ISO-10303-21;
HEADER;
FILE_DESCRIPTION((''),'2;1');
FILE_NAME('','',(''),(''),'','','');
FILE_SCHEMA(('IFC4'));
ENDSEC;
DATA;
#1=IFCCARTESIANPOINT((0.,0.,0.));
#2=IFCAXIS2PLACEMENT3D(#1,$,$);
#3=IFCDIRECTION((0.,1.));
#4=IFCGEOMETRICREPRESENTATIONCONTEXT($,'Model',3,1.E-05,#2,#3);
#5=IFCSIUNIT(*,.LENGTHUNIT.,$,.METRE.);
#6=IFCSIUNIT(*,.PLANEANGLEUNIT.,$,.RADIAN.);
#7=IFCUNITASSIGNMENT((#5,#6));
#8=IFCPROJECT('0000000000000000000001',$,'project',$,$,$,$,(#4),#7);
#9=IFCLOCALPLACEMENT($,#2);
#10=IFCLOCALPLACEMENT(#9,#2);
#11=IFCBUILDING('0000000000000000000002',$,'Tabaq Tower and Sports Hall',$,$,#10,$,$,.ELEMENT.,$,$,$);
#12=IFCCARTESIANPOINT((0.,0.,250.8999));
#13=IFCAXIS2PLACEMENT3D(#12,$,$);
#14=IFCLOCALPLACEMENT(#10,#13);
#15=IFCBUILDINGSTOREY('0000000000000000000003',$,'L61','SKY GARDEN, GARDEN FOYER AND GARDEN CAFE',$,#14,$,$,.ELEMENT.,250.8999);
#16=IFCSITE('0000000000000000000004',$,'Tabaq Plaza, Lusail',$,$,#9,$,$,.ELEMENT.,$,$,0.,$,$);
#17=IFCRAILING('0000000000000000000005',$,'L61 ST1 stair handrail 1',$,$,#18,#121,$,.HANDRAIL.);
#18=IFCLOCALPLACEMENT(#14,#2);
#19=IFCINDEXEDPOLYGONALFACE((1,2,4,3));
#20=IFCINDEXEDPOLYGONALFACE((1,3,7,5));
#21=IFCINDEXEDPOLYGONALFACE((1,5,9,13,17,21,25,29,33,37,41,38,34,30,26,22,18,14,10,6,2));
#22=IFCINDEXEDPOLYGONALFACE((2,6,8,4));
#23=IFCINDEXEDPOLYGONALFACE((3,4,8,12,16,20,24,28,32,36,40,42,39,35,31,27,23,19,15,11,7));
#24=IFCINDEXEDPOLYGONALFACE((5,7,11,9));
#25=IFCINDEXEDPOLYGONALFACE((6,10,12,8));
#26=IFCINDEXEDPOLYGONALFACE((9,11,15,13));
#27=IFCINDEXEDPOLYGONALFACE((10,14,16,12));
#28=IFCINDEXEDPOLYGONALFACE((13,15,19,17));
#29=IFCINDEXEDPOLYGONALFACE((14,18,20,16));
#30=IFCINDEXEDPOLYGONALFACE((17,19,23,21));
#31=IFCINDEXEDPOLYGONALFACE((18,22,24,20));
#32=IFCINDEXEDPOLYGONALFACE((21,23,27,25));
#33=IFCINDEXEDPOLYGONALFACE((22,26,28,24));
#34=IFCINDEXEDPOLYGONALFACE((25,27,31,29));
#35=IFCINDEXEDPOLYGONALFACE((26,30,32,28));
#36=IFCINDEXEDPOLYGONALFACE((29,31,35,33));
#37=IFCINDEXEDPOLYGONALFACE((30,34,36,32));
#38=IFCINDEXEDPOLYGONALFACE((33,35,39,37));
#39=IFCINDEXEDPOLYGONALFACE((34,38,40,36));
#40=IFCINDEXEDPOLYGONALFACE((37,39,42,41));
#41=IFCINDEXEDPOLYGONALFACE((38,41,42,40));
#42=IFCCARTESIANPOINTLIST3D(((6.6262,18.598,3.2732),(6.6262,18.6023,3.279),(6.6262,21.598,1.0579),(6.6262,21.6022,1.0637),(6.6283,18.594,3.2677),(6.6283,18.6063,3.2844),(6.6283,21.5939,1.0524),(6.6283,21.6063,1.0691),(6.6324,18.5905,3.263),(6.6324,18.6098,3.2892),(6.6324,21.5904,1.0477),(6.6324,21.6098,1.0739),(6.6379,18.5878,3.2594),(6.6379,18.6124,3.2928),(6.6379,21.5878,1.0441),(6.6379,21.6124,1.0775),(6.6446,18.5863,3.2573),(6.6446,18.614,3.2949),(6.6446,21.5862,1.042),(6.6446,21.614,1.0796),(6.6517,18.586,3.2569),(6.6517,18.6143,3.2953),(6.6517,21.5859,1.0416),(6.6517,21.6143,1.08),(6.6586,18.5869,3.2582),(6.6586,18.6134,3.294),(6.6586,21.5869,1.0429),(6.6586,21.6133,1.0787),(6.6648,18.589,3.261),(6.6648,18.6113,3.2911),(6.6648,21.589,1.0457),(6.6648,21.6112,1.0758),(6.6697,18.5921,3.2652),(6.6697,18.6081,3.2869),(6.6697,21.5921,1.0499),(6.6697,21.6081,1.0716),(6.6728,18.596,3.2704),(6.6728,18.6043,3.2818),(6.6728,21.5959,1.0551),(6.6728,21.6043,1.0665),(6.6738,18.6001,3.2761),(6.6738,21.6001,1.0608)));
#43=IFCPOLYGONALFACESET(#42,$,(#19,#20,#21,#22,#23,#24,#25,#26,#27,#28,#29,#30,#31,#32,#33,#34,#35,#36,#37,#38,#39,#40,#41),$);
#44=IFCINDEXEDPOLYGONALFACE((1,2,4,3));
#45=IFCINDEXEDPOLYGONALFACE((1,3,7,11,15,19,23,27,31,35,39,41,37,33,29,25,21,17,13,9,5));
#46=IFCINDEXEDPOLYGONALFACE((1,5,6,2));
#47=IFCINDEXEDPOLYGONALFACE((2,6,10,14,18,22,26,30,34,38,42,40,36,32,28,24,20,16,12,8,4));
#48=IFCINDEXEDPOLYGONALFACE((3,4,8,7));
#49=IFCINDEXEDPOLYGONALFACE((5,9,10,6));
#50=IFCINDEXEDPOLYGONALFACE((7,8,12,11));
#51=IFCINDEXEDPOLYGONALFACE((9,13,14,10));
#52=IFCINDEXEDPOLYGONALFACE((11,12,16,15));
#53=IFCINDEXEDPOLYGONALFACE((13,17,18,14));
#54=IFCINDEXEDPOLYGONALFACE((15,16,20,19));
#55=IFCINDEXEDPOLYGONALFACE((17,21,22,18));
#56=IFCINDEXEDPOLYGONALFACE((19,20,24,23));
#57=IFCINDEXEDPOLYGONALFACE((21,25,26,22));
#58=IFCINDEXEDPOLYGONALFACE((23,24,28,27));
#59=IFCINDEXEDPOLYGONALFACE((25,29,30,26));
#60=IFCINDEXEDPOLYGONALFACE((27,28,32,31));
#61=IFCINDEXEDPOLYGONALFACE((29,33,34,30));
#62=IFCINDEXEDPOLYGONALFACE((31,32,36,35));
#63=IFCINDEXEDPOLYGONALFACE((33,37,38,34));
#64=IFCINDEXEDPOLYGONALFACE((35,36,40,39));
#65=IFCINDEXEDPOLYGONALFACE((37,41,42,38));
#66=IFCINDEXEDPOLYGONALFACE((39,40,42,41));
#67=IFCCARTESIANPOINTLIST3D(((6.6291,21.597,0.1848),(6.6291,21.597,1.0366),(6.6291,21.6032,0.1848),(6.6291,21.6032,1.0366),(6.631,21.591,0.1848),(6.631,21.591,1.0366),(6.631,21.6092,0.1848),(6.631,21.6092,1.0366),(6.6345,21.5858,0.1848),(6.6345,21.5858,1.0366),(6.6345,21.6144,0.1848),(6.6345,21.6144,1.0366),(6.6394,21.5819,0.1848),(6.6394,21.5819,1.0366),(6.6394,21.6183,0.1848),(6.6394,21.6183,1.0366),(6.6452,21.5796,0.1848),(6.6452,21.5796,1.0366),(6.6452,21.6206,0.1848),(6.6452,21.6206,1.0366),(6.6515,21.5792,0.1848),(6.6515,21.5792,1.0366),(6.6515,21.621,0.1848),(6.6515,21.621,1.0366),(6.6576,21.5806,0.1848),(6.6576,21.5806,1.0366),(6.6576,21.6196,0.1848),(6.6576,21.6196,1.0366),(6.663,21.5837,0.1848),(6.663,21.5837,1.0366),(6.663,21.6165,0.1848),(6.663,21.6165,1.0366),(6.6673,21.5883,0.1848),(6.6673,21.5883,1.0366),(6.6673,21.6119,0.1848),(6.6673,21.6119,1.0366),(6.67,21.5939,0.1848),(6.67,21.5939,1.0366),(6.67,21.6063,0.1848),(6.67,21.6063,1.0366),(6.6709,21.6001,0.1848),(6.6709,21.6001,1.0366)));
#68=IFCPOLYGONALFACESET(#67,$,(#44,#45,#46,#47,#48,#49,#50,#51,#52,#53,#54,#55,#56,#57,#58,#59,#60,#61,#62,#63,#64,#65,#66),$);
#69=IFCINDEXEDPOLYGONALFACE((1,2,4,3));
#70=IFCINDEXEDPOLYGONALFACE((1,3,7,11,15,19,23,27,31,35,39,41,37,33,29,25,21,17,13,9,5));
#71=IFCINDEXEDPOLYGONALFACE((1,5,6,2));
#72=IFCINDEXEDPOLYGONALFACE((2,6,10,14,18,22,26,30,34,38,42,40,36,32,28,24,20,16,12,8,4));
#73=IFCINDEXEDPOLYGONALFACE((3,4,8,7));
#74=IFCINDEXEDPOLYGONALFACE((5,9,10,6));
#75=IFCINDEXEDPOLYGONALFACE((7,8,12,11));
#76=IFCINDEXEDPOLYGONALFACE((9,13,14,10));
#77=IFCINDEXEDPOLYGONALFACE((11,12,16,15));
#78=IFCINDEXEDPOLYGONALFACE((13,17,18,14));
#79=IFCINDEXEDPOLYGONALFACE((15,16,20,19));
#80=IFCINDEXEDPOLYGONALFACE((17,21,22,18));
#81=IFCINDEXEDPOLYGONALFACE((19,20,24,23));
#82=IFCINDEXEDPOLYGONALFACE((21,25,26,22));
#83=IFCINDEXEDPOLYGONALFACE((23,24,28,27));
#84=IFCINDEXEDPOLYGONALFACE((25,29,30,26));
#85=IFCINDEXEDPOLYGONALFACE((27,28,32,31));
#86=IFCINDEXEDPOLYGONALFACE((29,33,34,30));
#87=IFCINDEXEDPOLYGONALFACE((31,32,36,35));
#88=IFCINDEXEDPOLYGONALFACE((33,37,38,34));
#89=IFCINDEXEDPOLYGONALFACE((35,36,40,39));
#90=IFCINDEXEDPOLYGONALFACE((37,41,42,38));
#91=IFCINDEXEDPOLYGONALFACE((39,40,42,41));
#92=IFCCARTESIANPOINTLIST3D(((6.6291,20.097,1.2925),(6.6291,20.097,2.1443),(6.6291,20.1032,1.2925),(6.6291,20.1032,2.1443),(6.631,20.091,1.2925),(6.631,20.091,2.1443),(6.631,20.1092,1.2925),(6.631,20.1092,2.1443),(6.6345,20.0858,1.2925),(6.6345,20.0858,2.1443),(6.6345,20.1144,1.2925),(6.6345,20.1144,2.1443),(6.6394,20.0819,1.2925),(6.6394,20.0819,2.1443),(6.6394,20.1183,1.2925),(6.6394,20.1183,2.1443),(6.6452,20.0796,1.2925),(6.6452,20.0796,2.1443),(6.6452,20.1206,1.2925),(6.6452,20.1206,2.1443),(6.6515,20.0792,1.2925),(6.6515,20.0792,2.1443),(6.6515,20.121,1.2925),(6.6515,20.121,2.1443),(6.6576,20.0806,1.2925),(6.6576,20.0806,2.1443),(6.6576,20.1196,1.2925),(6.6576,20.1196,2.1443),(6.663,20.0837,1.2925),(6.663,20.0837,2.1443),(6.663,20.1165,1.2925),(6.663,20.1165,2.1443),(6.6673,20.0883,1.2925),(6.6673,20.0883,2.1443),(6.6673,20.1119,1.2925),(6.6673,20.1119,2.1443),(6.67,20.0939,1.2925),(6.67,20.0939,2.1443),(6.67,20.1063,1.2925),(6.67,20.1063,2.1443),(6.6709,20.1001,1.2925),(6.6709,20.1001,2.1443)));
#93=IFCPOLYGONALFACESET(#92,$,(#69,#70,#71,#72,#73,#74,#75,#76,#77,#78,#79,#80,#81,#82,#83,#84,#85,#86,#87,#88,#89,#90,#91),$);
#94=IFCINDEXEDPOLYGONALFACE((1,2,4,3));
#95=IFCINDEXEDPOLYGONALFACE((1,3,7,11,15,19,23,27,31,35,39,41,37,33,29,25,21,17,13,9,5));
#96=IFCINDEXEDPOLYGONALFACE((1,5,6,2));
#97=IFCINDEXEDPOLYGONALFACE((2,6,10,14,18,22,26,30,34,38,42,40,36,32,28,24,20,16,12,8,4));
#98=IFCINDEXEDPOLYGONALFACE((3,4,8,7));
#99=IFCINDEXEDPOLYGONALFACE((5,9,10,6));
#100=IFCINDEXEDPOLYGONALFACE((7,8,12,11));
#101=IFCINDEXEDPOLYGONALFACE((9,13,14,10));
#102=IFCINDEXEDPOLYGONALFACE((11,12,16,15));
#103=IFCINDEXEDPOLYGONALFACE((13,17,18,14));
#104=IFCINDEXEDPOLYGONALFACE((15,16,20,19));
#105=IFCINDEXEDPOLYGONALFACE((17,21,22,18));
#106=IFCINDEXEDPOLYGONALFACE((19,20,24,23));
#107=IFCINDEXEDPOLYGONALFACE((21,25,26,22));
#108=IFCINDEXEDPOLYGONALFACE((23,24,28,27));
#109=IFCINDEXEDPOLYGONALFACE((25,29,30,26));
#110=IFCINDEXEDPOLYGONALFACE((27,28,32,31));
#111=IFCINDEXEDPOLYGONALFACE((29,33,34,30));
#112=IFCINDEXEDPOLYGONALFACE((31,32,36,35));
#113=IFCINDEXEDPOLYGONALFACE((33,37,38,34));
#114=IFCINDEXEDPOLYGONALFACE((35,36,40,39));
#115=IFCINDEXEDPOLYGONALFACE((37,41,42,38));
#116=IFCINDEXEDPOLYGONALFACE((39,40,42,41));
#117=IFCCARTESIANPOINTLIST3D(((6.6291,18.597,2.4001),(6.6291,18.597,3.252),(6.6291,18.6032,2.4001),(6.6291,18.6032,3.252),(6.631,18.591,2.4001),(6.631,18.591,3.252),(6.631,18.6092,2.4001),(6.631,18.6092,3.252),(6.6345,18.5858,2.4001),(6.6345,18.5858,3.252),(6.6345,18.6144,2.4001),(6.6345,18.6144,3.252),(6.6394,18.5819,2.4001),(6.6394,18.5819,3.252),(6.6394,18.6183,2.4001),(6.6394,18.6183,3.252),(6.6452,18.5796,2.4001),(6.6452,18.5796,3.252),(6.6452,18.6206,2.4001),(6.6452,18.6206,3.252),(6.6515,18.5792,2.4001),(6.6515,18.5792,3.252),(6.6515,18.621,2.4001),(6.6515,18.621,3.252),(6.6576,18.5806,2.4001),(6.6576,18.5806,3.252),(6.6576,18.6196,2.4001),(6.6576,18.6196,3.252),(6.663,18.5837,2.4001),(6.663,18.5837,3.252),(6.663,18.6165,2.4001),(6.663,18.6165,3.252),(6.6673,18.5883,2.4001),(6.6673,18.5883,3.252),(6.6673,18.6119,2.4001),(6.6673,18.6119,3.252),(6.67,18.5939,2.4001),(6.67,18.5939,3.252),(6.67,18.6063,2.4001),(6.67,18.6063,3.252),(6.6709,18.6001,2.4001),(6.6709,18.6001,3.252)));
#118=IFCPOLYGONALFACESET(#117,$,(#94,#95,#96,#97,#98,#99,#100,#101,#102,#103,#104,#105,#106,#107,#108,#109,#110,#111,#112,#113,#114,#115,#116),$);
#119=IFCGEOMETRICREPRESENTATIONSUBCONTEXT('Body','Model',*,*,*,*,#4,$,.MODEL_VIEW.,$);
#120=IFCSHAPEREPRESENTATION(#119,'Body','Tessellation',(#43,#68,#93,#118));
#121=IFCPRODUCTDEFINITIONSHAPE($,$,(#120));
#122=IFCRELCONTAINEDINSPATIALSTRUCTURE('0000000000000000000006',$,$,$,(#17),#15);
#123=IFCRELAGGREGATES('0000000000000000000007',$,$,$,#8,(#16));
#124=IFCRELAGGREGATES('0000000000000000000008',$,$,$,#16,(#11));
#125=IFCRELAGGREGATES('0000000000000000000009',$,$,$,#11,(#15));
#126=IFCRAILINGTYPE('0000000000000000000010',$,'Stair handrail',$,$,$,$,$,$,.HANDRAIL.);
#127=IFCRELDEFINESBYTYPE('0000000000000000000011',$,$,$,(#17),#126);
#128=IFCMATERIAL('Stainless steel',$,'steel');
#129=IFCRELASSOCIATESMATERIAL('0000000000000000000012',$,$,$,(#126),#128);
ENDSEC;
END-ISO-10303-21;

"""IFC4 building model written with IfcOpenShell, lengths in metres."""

from ifc_helpers import new_model, si_unit, direction, frame, origin, origin_2d, place, context, subcontext, project, spatial, circle, extrude, material, type_object, element, save


model = new_model("IFC4")

# Units and contexts
model_context = context("Model", 3, precision=1e-05, world=origin(), true_north=direction((0.0, 1.0)))
body_context = subcontext(model_context, "Body", "Model", "MODEL_VIEW")
ifc_project = project(units=[si_unit("LENGTHUNIT", "METRE"), si_unit("PLANEANGLEUNIT", "RADIAN")], contexts=[model_context])

# Site, building, storey
site_placement = place(None, origin())
site = spatial("IfcSite", under=ifc_project, at=site_placement, Name="Tabaq Plaza, Lusail", CompositionType="ELEMENT", RefElevation=0.0)
building_placement = place(site_placement, origin())
building = spatial("IfcBuilding", under=site, at=building_placement, Name="Tabaq Tower and Sports Hall", CompositionType="ELEMENT")
storey_placement = place(building_placement, frame((0.0, 0.0, 250.8999)))
storey = spatial("IfcBuildingStorey", under=building, at=storey_placement, Name="L61", Description="SKY GARDEN, GARDEN FOYER AND GARDEN CAFE", CompositionType="ELEMENT", Elevation=250.8999)

# Railing
ifc_material_1 = material(Name="Stainless steel", Category="steel")
railing_type_1 = type_object("IfcRailingType", Name="Stair handrail", PredefinedType="HANDRAIL", material=ifc_material_1)
railing_1_placement = place(storey_placement, frame((6.6499, 21.6001, 0.1848)))
element("IfcRailing", 1, at=railing_1_placement, inside=storey, type_object=railing_type_1, Name="L61 ST1 stair handrail 1", PredefinedType="HANDRAIL", context=body_context, shape_type="SweptSolid", body=[
    extrude(circle(Radius=0.0239, at=origin_2d()), frame((0.0, 0.0, 0.876), z_axis=(0.0, -0.80444, 0.594034), x_axis=(1.0, 0.0, 0.0)), (0.0, 0.0, 1.0), 3.7292),
    extrude(circle(Radius=0.021, at=origin_2d()), origin(), (0.0, 0.0, 1.0), 0.8518),
    extrude(circle(Radius=0.021, at=origin_2d()), frame((0.0, -1.5, 1.1077)), (0.0, 0.0, 1.0), 0.8518),
    extrude(circle(Radius=0.021, at=origin_2d()), frame((0.0, -3.0, 2.2153)), (0.0, 0.0, 1.0), 0.8518),
])

save(model, "model.ifc")
